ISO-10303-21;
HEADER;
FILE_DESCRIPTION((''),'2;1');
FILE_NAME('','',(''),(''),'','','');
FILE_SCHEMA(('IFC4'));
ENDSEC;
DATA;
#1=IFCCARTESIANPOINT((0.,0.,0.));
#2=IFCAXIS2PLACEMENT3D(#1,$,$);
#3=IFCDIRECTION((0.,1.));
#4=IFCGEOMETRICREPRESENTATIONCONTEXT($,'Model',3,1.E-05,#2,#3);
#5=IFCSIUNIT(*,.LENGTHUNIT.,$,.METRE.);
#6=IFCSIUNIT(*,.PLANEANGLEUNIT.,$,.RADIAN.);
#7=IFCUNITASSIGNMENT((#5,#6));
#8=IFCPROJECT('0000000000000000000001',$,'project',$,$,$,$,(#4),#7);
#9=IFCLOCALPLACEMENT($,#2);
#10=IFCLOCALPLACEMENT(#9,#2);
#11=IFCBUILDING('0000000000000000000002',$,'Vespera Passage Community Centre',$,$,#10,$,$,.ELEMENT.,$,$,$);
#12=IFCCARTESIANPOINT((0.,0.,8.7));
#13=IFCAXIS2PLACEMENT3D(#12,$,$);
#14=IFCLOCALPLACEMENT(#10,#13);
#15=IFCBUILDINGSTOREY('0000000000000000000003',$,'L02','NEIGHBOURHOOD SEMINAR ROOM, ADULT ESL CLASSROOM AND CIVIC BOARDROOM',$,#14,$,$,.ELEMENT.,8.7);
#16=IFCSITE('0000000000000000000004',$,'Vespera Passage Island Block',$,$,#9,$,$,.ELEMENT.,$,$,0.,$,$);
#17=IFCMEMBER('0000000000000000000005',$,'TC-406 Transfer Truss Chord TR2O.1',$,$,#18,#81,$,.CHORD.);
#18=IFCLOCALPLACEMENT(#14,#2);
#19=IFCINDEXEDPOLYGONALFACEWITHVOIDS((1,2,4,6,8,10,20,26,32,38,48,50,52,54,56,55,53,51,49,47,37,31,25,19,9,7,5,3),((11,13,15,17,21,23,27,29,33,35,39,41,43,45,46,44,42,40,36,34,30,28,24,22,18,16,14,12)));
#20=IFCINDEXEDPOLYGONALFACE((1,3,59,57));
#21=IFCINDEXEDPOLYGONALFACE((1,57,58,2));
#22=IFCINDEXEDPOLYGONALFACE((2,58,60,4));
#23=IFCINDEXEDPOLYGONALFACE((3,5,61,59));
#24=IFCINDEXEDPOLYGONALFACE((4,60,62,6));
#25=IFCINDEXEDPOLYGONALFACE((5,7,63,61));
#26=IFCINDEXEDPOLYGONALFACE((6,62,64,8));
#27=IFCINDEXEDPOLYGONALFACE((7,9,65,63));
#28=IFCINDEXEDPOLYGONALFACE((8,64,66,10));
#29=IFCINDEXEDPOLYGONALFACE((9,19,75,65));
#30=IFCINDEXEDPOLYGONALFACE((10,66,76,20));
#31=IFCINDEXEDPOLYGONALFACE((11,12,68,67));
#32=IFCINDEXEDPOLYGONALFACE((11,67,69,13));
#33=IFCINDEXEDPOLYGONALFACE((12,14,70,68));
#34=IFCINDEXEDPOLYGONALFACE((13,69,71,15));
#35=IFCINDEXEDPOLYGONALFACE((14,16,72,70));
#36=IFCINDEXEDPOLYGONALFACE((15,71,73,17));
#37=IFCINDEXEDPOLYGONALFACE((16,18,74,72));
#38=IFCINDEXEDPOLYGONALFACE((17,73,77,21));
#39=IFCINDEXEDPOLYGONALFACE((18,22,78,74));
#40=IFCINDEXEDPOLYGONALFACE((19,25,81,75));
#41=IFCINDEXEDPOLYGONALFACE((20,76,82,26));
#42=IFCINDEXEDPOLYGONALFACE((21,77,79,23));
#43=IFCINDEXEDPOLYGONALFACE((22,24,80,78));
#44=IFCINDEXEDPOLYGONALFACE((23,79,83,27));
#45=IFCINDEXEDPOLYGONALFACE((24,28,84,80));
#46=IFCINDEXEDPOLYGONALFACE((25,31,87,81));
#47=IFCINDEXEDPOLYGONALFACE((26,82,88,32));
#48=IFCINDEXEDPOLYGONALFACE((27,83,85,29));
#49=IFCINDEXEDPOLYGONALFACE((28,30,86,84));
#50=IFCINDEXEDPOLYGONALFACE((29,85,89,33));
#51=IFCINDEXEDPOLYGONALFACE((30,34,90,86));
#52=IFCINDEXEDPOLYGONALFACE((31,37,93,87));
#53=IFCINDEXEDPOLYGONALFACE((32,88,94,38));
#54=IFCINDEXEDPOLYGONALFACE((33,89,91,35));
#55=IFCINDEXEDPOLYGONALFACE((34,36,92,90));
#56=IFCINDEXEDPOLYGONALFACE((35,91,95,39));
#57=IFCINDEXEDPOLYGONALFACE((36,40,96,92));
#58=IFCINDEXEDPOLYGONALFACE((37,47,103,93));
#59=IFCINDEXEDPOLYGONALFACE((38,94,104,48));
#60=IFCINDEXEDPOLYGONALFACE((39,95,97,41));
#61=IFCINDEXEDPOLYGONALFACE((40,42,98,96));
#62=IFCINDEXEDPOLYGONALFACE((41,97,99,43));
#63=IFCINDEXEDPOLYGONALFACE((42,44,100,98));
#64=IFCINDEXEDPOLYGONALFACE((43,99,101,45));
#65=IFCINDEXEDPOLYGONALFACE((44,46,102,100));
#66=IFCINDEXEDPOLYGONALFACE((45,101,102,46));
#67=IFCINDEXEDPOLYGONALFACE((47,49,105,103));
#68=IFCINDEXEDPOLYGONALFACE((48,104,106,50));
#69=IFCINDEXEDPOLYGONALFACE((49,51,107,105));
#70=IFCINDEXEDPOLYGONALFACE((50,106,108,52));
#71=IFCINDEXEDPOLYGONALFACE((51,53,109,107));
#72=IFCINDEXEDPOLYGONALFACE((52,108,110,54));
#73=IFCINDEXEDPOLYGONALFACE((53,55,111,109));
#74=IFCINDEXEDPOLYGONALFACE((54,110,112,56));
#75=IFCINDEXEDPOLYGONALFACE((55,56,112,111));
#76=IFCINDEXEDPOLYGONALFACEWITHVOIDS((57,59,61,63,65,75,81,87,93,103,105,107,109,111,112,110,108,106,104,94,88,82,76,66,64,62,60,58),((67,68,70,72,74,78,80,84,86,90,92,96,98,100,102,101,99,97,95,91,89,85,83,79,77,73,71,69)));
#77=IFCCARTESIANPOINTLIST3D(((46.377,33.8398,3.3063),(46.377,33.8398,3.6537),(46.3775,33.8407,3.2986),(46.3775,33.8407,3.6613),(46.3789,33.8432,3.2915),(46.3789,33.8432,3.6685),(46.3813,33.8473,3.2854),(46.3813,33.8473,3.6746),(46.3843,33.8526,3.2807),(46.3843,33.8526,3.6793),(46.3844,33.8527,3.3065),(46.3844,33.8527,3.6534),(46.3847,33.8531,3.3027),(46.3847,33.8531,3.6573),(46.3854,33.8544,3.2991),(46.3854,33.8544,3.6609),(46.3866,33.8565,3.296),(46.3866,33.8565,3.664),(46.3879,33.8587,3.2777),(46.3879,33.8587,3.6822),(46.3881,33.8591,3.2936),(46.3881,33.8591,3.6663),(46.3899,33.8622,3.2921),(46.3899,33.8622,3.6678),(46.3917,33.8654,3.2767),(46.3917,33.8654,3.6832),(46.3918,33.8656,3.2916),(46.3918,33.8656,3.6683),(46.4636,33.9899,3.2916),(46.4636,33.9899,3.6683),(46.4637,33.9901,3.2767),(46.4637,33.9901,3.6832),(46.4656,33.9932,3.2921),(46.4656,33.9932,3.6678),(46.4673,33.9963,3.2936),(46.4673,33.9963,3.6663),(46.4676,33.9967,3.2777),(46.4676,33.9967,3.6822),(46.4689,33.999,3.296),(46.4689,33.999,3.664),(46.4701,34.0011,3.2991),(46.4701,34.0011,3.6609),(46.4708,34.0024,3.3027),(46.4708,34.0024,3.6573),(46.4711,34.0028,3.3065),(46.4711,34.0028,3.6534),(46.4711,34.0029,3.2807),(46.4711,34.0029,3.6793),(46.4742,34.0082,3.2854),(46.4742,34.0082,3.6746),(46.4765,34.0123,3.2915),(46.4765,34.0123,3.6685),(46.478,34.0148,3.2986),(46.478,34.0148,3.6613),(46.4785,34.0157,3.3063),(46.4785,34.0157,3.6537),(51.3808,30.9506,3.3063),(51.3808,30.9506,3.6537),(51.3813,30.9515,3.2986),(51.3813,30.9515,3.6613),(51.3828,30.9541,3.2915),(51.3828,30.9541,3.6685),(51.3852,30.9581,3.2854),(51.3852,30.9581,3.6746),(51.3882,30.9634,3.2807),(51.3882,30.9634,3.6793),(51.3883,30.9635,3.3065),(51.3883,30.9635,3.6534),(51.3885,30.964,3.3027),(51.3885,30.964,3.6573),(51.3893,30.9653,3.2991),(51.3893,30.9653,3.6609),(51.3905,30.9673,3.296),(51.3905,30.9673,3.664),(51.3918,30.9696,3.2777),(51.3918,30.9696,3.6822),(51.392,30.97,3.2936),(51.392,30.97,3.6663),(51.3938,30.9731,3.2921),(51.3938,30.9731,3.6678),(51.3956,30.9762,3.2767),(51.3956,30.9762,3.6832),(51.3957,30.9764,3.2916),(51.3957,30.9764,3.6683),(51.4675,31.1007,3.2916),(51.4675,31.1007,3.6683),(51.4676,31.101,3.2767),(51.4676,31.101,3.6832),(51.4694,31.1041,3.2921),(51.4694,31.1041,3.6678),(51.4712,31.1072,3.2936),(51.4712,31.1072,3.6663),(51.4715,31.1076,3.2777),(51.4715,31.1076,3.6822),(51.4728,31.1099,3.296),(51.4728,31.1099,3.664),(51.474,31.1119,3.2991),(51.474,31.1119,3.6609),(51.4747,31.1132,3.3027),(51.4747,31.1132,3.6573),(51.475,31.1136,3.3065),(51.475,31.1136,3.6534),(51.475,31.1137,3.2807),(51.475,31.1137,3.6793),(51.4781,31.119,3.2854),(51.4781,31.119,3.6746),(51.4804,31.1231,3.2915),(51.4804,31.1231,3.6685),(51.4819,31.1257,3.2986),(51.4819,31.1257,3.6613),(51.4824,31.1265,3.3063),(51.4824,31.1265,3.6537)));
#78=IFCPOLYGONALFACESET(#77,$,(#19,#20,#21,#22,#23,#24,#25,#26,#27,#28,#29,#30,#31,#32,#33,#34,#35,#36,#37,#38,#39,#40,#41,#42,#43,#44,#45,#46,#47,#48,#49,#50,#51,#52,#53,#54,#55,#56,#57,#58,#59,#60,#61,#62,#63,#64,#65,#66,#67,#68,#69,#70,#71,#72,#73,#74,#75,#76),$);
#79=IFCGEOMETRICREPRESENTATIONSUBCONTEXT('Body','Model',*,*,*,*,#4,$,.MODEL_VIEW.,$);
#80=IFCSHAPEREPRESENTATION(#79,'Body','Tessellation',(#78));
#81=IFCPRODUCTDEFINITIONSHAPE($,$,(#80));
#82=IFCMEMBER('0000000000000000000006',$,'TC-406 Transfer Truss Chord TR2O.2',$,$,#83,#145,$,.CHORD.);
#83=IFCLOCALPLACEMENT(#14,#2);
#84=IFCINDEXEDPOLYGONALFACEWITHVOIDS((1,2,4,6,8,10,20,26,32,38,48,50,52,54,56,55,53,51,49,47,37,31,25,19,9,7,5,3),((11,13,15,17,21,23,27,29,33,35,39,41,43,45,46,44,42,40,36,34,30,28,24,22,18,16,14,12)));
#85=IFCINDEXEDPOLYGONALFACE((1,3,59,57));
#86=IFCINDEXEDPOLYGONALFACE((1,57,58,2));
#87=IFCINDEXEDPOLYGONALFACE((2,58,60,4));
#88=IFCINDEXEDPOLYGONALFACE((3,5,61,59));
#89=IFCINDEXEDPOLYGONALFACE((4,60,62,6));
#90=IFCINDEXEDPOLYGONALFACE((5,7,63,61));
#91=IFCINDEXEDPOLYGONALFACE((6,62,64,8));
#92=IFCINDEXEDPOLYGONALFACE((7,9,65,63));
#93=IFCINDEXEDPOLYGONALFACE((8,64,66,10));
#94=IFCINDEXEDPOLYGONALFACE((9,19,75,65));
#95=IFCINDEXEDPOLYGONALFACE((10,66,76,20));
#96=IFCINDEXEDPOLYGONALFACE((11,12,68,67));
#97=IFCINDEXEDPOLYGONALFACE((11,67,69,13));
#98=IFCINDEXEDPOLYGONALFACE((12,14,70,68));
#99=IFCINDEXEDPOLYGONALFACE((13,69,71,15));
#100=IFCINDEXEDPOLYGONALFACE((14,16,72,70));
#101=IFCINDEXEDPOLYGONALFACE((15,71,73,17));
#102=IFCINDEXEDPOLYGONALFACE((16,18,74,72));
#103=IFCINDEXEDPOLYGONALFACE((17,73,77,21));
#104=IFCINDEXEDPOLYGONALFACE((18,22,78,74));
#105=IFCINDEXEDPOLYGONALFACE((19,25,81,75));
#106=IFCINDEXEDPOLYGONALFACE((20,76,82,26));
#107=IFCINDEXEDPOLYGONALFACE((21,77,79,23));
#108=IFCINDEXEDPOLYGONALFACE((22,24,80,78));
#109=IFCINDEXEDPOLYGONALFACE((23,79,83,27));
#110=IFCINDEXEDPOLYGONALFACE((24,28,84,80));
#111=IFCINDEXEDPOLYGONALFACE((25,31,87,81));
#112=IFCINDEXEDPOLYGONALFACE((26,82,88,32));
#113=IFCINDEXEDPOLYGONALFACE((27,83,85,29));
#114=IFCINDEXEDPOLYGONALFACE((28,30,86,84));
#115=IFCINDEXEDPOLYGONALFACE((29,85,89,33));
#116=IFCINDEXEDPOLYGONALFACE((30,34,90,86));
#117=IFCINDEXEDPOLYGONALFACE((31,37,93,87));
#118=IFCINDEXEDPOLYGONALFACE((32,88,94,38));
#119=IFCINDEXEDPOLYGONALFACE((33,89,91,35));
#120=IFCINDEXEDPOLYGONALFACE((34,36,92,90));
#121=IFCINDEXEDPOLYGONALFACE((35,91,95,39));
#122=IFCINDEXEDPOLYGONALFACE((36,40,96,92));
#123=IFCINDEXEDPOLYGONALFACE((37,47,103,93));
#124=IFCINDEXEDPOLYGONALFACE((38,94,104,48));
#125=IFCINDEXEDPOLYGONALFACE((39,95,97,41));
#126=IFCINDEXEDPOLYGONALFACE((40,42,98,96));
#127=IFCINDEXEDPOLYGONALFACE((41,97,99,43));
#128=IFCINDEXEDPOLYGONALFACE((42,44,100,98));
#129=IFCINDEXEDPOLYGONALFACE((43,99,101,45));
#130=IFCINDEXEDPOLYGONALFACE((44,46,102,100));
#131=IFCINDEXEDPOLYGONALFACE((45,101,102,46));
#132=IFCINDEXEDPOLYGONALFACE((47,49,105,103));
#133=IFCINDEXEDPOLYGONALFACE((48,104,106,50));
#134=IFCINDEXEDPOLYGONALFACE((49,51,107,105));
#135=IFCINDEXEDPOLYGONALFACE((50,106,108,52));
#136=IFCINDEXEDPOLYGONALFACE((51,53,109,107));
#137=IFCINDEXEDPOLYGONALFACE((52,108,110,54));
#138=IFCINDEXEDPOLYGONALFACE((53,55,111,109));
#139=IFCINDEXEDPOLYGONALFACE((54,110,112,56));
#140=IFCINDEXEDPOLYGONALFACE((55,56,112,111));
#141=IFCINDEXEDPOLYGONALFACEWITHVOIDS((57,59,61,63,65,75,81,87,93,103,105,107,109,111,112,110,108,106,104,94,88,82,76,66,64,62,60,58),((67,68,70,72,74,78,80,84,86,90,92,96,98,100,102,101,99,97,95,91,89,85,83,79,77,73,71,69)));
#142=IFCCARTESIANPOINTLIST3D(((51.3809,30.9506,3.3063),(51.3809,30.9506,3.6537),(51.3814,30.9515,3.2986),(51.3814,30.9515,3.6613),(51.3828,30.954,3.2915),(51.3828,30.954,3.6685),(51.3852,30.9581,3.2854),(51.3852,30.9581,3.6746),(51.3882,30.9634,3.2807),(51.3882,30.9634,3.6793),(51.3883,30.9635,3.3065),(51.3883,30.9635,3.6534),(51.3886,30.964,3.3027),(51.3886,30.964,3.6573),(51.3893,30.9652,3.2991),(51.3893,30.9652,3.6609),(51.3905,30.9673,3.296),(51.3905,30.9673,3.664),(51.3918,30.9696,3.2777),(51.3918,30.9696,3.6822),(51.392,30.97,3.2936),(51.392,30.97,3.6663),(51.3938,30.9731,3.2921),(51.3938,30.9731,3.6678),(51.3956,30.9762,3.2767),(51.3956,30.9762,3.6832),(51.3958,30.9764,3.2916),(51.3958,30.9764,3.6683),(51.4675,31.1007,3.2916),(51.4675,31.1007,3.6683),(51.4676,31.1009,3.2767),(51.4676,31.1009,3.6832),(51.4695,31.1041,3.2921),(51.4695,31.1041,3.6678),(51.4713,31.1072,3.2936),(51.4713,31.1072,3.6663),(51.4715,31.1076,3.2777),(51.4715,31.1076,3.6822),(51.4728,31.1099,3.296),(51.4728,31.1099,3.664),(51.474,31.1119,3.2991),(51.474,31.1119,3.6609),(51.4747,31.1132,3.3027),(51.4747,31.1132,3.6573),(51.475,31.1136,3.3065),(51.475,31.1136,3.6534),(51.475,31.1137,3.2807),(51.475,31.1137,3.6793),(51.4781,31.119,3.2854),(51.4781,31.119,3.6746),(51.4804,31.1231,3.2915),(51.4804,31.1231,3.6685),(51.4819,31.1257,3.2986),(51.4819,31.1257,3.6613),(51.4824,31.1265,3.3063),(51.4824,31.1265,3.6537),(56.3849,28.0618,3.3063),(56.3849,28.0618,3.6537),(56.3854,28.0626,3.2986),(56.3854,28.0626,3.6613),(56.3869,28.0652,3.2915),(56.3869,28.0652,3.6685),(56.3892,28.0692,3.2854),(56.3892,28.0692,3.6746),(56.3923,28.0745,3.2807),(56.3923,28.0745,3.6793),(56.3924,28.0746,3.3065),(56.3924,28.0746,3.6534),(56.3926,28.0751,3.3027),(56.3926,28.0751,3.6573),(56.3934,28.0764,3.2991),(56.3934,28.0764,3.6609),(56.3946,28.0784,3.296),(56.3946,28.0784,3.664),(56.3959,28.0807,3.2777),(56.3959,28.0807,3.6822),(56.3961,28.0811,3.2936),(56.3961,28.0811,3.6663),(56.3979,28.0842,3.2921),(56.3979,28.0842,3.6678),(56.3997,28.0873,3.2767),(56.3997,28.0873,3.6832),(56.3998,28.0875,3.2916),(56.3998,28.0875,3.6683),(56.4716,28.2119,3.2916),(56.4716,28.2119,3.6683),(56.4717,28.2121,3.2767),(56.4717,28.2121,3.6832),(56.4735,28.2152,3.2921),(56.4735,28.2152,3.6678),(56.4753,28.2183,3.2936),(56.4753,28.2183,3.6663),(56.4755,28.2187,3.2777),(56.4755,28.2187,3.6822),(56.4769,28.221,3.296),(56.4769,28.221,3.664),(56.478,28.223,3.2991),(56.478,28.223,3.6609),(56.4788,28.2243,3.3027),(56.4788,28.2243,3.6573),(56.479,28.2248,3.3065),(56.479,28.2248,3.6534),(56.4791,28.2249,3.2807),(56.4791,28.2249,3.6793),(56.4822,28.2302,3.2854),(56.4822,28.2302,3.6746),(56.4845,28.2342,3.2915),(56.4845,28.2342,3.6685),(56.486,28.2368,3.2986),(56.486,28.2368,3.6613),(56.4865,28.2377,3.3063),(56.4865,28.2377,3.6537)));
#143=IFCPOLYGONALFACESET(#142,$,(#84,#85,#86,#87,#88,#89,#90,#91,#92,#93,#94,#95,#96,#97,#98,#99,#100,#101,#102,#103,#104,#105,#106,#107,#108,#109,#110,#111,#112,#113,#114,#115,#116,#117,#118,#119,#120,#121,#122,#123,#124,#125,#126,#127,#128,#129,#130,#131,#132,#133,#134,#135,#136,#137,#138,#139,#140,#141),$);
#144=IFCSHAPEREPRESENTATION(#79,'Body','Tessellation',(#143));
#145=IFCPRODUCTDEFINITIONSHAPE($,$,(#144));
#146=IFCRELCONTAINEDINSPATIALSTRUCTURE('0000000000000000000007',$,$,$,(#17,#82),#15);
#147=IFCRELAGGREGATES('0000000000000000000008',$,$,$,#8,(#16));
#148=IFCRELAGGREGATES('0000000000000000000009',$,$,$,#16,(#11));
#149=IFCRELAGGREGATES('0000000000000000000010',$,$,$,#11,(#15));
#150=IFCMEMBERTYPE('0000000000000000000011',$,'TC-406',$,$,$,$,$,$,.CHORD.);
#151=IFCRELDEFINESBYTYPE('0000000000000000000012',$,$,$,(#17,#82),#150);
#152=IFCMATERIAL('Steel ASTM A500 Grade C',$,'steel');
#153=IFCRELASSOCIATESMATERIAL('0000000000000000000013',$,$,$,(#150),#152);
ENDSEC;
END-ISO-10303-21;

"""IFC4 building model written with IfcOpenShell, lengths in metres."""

from ifc_helpers import new_model, si_unit, direction, frame, origin, origin_2d, place, context, subcontext, project, spatial, hollow_rectangle, extrude, material, material_profile, profile_set, type_object, element, save


model = new_model("IFC4")

# Units and contexts
model_context = context("Model", 3, precision=1e-05, world=origin(), true_north=direction((0.0, 1.0)))
body_context = subcontext(model_context, "Body", "Model", "MODEL_VIEW")
ifc_project = project(units=[si_unit("LENGTHUNIT", "METRE"), si_unit("PLANEANGLEUNIT", "RADIAN")], contexts=[model_context])

# Site, building, storey
site_placement = place(None, origin())
site = spatial("IfcSite", under=ifc_project, at=site_placement, Name="Vespera Passage Island Block", CompositionType="ELEMENT", RefElevation=0.0)
building_placement = place(site_placement, origin())
building = spatial("IfcBuilding", under=site, at=building_placement, Name="Vespera Passage Community Centre", CompositionType="ELEMENT")
storey_placement = place(building_placement, frame((0.0, 0.0, 8.7)))
storey = spatial("IfcBuildingStorey", under=building, at=storey_placement, Name="L02", Description="NEIGHBOURHOOD SEMINAR ROOM, ADULT ESL CLASSROOM AND CIVIC BOARDROOM", CompositionType="ELEMENT", Elevation=8.7)

# Members
ifc_material_1 = material(Name="Steel ASTM A500 Grade C", Category="steel")
ifc_material_profile_1 = material_profile(ifc_material_1, hollow_rectangle(XDim=0.2031, YDim=0.4065, WallThickness=0.0149, InnerFilletRadius=0.0149, OuterFilletRadius=0.0295, at=origin_2d()), Name="HSS406X203X15.9")
ifc_profile_set_1 = profile_set([ifc_material_profile_1], Name="Steel ASTM A500 Grade C")
member_type_1 = type_object("IfcMemberType", Name="TC-406", PredefinedType="CHORD", material=ifc_profile_set_1)
for number, where, z_axis, x_axis, name in (
    (1, (46.4277, 33.9277, 3.48), (0.866014, -0.50002, 0.0), (0.50002, 0.866014, 0.0), "TC-406 Transfer Truss Chord TR2O.1"),
    (2, (51.4316, 31.0386, 3.48), (0.866043, -0.49997, 0.0), (0.49997, 0.866043, 0.0), "TC-406 Transfer Truss Chord TR2O.2"),
):
    element("IfcMember", number, at=place(storey_placement, frame(where, z_axis=z_axis, x_axis=x_axis)), inside=storey, type_object=member_type_1, Name=name, PredefinedType="CHORD", context=body_context, shape_type="SweptSolid", body=[
        extrude(hollow_rectangle(XDim=0.2031, YDim=0.4065, WallThickness=0.0149, InnerFilletRadius=0.0149, OuterFilletRadius=0.0295, at=origin_2d()), origin(), (0.0, 0.0, 1.0), 5.7781),
    ])

save(model, "model.ifc")
